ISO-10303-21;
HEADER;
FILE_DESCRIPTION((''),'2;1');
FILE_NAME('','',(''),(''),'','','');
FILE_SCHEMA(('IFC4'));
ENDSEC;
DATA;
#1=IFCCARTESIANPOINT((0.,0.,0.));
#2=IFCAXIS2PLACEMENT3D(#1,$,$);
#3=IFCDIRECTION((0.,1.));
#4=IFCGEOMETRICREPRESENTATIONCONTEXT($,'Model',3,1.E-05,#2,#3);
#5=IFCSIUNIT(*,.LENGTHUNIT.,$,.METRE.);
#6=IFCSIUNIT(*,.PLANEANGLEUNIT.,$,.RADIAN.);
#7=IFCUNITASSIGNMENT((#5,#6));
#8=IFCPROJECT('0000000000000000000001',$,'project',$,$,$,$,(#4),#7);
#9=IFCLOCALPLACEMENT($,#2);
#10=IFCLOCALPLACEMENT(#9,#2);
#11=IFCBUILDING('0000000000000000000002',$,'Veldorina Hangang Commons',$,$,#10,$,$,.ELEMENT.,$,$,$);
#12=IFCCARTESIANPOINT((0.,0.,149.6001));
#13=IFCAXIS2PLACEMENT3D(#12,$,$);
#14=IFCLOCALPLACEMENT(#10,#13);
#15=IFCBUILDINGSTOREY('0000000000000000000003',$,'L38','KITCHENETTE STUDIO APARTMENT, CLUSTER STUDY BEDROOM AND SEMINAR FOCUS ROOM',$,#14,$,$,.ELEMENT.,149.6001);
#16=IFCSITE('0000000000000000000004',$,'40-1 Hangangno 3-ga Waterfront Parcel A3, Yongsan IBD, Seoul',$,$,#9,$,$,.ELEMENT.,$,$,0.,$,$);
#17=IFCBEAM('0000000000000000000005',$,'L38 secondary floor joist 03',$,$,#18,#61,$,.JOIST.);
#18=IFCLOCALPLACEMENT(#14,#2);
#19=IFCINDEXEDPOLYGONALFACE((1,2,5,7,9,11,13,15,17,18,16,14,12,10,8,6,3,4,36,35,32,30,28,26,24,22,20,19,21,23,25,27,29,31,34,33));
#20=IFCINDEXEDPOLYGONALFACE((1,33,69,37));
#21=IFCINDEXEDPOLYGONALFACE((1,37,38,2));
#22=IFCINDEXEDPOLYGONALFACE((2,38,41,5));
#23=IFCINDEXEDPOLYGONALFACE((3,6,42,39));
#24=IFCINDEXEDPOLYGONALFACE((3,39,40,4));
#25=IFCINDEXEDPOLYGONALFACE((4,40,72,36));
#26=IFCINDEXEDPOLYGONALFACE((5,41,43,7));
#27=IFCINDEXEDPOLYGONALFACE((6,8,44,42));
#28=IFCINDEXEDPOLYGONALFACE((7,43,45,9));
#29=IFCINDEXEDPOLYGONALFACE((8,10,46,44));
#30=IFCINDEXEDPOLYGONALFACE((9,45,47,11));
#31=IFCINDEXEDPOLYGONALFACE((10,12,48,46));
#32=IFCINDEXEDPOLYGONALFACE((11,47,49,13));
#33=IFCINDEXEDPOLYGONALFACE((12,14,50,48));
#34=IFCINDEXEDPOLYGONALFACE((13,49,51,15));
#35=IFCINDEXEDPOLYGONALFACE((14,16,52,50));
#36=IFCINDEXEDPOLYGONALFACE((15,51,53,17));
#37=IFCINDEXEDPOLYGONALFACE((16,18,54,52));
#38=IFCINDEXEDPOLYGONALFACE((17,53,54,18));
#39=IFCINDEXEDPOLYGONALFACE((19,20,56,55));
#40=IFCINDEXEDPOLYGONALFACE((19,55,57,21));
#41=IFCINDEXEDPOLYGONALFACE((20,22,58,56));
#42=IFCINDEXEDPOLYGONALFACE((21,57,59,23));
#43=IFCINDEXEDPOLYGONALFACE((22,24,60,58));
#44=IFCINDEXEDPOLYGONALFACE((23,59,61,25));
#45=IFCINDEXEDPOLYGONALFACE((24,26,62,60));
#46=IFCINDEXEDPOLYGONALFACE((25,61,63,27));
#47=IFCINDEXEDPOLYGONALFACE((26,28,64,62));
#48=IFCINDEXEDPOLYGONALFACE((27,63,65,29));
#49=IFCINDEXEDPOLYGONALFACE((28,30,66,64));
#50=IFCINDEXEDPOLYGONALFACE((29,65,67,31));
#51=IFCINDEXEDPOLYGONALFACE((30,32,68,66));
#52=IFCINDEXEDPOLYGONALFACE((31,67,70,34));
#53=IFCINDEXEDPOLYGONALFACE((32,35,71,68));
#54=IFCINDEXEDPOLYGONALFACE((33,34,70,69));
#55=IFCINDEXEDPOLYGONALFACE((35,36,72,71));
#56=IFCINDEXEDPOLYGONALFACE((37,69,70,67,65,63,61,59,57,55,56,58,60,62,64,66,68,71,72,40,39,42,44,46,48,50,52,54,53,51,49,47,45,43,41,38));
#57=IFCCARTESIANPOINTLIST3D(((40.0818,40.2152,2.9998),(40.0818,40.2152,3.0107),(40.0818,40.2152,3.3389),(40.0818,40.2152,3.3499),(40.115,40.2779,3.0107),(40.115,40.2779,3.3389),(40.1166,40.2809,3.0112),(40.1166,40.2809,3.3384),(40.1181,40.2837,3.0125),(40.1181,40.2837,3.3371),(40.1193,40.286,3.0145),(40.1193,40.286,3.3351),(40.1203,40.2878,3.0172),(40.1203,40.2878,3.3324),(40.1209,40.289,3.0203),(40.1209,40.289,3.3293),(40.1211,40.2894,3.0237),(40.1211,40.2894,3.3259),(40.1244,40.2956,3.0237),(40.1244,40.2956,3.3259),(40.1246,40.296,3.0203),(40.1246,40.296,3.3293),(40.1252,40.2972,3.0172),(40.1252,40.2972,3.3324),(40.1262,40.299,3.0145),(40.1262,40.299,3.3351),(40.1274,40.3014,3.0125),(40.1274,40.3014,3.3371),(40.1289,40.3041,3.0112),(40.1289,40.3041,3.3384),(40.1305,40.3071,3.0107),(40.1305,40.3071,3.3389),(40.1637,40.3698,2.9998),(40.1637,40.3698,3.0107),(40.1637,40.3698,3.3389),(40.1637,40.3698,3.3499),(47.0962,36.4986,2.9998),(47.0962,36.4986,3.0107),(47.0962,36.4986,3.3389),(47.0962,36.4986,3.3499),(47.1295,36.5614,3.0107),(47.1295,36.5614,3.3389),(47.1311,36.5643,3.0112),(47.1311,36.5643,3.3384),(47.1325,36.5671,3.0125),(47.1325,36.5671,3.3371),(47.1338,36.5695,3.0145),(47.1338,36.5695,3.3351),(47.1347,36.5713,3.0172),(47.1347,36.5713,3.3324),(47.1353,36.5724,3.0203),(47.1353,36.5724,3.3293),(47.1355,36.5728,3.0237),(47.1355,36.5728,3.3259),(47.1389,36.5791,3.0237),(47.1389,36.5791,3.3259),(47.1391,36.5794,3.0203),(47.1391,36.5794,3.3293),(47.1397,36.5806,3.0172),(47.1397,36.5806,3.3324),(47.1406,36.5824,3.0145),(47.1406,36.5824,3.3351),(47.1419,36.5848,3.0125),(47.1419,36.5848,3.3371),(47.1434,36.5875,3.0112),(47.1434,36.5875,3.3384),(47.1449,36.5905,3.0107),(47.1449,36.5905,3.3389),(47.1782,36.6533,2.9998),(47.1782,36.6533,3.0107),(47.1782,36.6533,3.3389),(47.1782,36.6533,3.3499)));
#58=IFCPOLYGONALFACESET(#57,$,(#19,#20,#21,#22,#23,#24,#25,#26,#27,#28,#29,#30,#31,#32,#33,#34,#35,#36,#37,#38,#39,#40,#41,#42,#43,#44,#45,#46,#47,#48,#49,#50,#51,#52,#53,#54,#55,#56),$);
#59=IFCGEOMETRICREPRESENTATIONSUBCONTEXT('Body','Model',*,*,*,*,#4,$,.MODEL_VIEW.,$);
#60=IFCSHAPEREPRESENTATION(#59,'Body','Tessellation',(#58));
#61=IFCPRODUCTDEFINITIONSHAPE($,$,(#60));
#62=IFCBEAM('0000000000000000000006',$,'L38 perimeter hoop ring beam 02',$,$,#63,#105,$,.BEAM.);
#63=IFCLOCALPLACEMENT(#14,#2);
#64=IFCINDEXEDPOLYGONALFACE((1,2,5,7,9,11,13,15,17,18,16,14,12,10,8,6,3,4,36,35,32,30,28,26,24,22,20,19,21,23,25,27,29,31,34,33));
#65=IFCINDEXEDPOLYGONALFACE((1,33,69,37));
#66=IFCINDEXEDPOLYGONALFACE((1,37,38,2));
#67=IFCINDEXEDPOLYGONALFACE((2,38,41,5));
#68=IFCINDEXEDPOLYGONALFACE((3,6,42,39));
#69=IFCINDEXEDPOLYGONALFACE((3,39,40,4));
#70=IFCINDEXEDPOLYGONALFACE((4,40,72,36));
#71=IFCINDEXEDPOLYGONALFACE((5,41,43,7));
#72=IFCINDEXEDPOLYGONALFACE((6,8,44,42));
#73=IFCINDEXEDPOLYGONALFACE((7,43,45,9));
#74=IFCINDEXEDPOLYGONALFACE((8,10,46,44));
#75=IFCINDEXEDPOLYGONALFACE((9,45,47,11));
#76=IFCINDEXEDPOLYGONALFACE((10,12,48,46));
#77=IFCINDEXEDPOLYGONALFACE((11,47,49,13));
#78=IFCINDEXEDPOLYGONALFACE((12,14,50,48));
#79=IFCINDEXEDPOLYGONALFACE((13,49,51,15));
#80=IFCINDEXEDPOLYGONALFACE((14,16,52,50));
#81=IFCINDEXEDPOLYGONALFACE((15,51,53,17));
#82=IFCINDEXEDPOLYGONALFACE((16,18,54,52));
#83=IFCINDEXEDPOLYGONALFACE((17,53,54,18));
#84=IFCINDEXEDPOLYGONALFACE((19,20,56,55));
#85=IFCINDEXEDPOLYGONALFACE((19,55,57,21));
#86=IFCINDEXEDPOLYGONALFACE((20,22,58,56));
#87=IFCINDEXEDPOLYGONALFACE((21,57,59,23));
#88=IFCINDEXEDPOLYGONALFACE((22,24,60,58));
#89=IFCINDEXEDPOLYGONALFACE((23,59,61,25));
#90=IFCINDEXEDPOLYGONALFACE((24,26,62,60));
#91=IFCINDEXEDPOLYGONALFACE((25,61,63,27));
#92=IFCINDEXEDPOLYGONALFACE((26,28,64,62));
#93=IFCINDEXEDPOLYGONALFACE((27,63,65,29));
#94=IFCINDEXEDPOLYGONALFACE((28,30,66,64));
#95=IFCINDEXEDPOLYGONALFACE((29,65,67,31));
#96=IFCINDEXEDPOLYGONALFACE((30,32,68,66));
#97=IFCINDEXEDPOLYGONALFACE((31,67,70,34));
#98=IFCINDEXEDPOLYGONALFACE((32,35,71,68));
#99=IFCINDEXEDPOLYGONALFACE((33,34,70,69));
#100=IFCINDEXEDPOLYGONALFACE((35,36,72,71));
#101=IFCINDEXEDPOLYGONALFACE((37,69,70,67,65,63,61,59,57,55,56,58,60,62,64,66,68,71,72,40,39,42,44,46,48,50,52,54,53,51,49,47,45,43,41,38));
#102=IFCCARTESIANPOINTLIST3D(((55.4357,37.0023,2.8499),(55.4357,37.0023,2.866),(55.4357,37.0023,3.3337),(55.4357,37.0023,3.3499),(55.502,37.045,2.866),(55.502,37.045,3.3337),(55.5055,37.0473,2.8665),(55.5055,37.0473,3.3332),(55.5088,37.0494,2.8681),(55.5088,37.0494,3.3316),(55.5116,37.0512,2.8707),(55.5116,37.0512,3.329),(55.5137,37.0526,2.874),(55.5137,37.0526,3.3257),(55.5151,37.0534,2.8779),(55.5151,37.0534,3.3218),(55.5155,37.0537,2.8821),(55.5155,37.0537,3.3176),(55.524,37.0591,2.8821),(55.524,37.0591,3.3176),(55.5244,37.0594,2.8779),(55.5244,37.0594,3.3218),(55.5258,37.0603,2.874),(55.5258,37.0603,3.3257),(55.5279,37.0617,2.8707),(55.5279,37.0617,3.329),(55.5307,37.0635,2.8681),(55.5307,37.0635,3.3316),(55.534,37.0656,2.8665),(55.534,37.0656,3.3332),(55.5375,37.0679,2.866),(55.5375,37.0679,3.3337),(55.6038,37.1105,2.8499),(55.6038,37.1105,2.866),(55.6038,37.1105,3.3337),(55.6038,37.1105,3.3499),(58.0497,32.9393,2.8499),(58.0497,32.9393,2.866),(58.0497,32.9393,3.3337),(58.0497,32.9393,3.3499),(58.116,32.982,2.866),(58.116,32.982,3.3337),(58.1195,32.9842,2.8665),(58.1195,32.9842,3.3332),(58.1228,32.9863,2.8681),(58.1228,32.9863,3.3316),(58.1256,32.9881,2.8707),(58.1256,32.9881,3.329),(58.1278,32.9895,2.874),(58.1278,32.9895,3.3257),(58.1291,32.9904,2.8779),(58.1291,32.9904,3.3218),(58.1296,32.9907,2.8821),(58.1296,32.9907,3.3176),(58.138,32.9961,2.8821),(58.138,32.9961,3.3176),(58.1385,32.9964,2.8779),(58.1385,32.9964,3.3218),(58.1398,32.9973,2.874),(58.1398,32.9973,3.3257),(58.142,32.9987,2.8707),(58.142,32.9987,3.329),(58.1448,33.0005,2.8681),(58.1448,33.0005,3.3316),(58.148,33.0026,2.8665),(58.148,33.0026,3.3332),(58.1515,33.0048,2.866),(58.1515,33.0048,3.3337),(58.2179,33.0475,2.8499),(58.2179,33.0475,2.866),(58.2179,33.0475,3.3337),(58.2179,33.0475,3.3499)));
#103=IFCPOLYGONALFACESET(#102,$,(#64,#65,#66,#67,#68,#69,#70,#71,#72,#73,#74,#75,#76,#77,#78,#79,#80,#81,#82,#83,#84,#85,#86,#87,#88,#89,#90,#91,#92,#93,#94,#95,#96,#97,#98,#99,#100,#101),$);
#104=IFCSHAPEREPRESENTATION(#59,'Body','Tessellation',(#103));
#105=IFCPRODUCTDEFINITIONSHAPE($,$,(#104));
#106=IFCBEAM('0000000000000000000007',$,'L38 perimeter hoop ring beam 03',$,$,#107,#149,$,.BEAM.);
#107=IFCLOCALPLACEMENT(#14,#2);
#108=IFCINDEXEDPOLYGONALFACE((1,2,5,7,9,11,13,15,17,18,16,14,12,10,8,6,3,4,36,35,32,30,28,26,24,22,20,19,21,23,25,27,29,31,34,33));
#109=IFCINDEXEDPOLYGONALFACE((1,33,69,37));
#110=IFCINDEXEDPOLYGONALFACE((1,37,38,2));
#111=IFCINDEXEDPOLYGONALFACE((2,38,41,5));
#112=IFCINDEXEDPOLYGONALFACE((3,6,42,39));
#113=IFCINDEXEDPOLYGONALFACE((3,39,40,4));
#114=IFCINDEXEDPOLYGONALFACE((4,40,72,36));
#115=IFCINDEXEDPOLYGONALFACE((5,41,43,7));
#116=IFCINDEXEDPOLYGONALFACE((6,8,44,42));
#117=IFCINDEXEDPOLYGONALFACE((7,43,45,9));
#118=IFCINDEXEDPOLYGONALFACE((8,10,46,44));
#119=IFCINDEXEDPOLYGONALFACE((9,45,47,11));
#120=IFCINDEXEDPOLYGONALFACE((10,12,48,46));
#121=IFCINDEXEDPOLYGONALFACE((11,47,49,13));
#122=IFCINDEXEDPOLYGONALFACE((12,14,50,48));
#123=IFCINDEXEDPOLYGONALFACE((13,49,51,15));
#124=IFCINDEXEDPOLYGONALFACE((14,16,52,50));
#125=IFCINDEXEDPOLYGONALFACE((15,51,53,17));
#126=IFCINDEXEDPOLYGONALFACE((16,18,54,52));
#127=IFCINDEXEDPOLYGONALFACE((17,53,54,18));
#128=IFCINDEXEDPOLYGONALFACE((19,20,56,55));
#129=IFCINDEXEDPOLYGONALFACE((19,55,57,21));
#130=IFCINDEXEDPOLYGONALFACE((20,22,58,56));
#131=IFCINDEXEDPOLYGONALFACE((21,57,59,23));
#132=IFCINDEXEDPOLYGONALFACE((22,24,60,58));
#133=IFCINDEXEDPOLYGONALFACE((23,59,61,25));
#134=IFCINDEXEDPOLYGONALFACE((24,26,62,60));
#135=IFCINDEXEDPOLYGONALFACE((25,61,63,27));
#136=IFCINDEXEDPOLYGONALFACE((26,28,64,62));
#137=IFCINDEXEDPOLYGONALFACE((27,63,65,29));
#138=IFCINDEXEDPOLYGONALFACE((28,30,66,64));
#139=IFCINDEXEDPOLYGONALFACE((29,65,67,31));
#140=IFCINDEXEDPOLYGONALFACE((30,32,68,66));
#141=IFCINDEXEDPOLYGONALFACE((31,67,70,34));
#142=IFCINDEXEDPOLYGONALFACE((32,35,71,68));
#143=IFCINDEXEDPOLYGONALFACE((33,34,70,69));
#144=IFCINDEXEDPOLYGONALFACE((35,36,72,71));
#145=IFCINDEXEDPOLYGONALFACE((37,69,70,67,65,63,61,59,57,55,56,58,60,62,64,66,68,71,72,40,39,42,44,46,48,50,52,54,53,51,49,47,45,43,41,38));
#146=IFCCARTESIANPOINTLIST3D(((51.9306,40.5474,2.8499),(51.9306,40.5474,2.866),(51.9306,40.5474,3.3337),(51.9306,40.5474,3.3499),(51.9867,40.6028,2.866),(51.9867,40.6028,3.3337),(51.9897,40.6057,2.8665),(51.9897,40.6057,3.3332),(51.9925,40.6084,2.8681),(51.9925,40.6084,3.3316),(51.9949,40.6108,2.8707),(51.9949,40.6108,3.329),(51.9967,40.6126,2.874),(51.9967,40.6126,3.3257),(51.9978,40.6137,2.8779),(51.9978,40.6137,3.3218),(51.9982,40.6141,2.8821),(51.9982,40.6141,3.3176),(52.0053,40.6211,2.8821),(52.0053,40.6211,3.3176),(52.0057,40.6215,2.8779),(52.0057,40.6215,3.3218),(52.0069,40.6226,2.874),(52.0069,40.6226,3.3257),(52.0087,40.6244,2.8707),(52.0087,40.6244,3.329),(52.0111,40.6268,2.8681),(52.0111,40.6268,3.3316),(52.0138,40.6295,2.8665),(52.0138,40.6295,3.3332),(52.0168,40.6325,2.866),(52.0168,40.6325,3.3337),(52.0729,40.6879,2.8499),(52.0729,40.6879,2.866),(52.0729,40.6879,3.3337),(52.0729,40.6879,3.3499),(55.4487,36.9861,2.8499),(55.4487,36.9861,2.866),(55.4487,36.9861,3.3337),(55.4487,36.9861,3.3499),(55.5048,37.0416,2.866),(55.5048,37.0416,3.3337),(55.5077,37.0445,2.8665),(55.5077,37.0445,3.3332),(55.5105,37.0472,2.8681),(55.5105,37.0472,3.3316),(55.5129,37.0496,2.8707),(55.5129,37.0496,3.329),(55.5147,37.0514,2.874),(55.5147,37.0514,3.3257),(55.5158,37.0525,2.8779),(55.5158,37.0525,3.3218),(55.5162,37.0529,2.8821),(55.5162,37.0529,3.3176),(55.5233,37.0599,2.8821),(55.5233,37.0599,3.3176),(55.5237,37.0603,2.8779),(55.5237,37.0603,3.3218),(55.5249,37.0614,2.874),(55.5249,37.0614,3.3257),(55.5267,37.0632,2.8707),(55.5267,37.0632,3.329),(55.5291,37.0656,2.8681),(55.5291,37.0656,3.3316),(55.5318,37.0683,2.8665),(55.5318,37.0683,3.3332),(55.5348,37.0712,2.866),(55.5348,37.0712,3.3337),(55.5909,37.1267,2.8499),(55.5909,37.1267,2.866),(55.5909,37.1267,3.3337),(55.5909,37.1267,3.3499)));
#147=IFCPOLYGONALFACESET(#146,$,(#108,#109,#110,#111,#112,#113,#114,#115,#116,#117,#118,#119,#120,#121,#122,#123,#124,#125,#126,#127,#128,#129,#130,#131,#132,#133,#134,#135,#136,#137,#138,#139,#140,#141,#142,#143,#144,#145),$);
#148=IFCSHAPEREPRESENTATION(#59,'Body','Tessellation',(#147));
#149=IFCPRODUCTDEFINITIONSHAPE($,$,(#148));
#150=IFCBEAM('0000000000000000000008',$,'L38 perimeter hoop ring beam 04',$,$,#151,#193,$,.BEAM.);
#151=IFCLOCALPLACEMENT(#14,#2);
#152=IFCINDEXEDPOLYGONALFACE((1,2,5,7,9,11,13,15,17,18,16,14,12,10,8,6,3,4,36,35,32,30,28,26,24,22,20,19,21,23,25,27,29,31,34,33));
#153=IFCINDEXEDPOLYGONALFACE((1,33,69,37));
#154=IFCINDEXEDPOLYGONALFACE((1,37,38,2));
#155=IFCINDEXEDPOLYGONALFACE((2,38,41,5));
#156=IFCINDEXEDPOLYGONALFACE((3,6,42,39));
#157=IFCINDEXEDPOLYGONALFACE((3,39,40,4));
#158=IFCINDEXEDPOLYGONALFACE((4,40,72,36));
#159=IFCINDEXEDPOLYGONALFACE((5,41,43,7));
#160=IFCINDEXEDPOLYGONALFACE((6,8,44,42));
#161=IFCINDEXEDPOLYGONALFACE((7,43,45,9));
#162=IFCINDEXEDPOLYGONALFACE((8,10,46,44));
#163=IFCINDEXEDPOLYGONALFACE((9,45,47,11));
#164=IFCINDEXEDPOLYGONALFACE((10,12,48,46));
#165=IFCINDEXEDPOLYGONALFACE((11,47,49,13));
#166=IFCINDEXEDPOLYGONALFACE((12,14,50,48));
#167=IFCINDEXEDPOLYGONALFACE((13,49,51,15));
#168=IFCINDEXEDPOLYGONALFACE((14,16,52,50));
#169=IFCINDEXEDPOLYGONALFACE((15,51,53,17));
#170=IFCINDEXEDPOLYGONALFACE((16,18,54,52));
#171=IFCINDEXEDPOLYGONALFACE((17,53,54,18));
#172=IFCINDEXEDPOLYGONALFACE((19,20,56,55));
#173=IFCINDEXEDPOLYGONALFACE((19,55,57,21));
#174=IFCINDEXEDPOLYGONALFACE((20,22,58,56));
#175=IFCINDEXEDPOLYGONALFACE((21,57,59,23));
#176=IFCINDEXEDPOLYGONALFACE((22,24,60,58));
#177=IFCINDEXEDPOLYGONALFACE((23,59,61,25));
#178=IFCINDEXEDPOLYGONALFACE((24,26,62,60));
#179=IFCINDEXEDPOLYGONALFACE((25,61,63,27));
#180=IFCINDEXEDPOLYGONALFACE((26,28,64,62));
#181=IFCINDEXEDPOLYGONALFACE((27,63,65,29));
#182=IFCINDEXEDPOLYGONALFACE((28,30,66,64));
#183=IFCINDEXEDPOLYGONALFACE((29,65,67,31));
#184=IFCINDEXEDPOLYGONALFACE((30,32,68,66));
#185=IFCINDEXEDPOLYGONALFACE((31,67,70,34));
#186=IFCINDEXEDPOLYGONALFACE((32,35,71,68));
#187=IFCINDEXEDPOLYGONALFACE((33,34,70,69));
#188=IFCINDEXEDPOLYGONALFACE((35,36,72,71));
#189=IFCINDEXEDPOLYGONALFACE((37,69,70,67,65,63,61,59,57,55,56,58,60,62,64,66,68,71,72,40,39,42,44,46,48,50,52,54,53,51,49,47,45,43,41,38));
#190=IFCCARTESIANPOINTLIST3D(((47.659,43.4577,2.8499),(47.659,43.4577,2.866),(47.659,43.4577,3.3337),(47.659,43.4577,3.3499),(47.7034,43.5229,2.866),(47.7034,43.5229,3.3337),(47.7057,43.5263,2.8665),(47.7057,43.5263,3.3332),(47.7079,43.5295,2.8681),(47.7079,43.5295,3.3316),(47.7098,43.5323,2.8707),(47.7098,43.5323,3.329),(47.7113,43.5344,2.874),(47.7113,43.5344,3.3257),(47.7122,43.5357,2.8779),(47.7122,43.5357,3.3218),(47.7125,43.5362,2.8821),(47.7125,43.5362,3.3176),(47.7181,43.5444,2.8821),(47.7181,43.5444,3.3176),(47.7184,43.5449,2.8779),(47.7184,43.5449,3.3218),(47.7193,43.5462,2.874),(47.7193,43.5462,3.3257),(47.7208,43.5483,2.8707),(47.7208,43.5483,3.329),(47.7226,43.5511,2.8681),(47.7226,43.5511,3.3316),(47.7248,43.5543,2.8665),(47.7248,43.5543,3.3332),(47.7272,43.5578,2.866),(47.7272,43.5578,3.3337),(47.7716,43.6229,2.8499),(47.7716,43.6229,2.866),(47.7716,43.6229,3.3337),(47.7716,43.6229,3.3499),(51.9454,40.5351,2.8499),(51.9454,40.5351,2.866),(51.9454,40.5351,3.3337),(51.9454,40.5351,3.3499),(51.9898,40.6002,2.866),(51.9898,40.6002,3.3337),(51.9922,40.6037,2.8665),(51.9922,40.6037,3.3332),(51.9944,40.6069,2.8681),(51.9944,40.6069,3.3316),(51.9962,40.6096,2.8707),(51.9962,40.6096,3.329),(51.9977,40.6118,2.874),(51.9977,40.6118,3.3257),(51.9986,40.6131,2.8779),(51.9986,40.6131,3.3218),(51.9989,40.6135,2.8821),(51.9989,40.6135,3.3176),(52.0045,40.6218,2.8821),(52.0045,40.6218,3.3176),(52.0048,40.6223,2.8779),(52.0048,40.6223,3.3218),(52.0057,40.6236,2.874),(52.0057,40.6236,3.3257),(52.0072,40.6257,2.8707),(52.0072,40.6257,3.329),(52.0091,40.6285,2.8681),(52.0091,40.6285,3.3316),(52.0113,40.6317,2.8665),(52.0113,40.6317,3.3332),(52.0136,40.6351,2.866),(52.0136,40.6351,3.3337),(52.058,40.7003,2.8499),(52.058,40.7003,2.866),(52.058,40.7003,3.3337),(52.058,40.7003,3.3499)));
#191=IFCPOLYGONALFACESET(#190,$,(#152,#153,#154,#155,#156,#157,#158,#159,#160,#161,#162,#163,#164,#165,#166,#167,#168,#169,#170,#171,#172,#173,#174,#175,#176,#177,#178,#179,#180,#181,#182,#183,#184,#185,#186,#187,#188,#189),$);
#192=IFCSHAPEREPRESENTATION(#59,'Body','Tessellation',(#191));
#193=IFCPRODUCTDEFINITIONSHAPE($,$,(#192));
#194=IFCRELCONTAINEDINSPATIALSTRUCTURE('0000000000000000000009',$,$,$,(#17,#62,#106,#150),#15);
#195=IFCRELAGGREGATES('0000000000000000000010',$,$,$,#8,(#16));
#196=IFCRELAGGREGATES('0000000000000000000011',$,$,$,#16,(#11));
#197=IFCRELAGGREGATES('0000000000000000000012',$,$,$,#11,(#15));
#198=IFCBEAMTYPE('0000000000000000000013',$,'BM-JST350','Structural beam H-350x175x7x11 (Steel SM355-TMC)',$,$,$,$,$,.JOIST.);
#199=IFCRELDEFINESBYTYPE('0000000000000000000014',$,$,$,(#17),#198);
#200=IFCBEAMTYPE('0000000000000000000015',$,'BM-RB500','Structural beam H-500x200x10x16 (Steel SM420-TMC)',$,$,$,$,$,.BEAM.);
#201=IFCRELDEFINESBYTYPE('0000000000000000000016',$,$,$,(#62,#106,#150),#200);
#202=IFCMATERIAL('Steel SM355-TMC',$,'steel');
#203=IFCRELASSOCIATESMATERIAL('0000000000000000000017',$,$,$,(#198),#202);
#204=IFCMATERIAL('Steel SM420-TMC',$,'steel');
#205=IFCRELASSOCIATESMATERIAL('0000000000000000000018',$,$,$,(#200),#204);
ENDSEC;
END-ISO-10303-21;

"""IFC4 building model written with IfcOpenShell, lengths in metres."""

from ifc_helpers import new_model, si_unit, direction, frame, origin, origin_2d, place, context, subcontext, project, spatial, i_section, extrude, material, material_profile, profile_set, type_object, element, save


model = new_model("IFC4")

# Units and contexts
model_context = context("Model", 3, precision=1e-05, world=origin(), true_north=direction((0.0, 1.0)))
body_context = subcontext(model_context, "Body", "Model", "MODEL_VIEW")
ifc_project = project(units=[si_unit("LENGTHUNIT", "METRE"), si_unit("PLANEANGLEUNIT", "RADIAN")], contexts=[model_context])

# Site, building, storey
site_placement = place(None, origin())
site = spatial("IfcSite", under=ifc_project, at=site_placement, Name="40-1 Hangangno 3-ga Waterfront Parcel A3, Yongsan IBD, Seoul", CompositionType="ELEMENT", RefElevation=0.0)
building_placement = place(site_placement, origin())
building = spatial("IfcBuilding", under=site, at=building_placement, Name="Veldorina Hangang Commons", CompositionType="ELEMENT")
storey_placement = place(building_placement, frame((0.0, 0.0, 149.6001)))
storey = spatial("IfcBuildingStorey", under=building, at=storey_placement, Name="L38", Description="KITCHENETTE STUDIO APARTMENT, CLUSTER STUDY BEDROOM AND SEMINAR FOCUS ROOM", CompositionType="ELEMENT", Elevation=149.6001)

# Beams
ifc_material_1 = material(Name="Steel SM355-TMC", Category="steel")
ifc_material_profile_1 = material_profile(ifc_material_1, i_section(OverallWidth=0.175, OverallDepth=0.3501, WebThickness=0.0071, FlangeThickness=0.011, FilletRadius=0.0129, at=origin_2d()), Name="H-350x175x7x11")
ifc_profile_set_1 = profile_set([ifc_material_profile_1], Name="Steel SM355-TMC")
beam_type_1 = type_object("IfcBeamType", Name="BM-JST350", Description="Structural beam H-350x175x7x11 (Steel SM355-TMC)", PredefinedType="JOIST", material=ifc_profile_set_1)
beam_1_placement = place(storey_placement, frame((47.1372, 36.5759, 3.1748), z_axis=(-0.883629, 0.468187, 0.0), x_axis=(-0.468187, -0.883629, 0.0)))
element("IfcBeam", 1, at=beam_1_placement, inside=storey, type_object=beam_type_1, Name="L38 secondary floor joist 03", PredefinedType="JOIST", context=body_context, shape_type="SweptSolid", body=[
    extrude(i_section(OverallWidth=0.175, OverallDepth=0.3501, WebThickness=0.0071, FlangeThickness=0.011, FilletRadius=0.0129, at=origin_2d()), origin(), (0.0, 0.0, 1.0), 7.9382),
])
ifc_material_2 = material(Name="Steel SM420-TMC", Category="steel")
ifc_material_profile_2 = material_profile(ifc_material_2, i_section(OverallWidth=0.2, OverallDepth=0.5, WebThickness=0.01, FlangeThickness=0.0161, FilletRadius=0.0161, at=origin_2d()), Name="H-500x200x10x16")
ifc_profile_set_2 = profile_set([ifc_material_profile_2], Name="Steel SM420-TMC")
beam_type_2 = type_object("IfcBeamType", Name="BM-RB500", Description="Structural beam H-500x200x10x16 (Steel SM420-TMC)", PredefinedType="BEAM", material=ifc_profile_set_2)
beam_2_placement = place(storey_placement, frame((58.1338, 32.9934, 3.0999), z_axis=(-0.541064, 0.840981, 0.0), x_axis=(-0.840981, -0.541064, 0.0)))
element("IfcBeam", 2, at=beam_2_placement, inside=storey, type_object=beam_type_2, Name="L38 perimeter hoop ring beam 02", PredefinedType="BEAM", context=body_context, shape_type="SweptSolid", body=[
    extrude(i_section(OverallWidth=0.2, OverallDepth=0.5, WebThickness=0.01, FlangeThickness=0.0161, FilletRadius=0.0161, at=origin_2d()), origin(), (0.0, 0.0, 1.0), 4.8313),
])
beam_3_placement = place(storey_placement, frame((55.5198, 37.0564, 3.0999), z_axis=(-0.702777, 0.71141, 0.0), x_axis=(-0.71141, -0.702777, 0.0)))
element("IfcBeam", 3, at=beam_3_placement, inside=storey, type_object=beam_type_2, Name="L38 perimeter hoop ring beam 03", PredefinedType="BEAM", context=body_context, shape_type="SweptSolid", body=[
    extrude(i_section(OverallWidth=0.2, OverallDepth=0.5, WebThickness=0.01, FlangeThickness=0.0161, FilletRadius=0.0161, at=origin_2d()), origin(), (0.0, 0.0, 1.0), 5.0059),
])
beam_4_placement = place(storey_placement, frame((52.0017, 40.6177, 3.0999), z_axis=(-0.82622, 0.563347, 0.0), x_axis=(-0.563347, -0.82622, 0.0)))
element("IfcBeam", 4, at=beam_4_placement, inside=storey, type_object=beam_type_2, Name="L38 perimeter hoop ring beam 04", PredefinedType="BEAM", context=body_context, shape_type="SweptSolid", body=[
    extrude(i_section(OverallWidth=0.2, OverallDepth=0.5, WebThickness=0.01, FlangeThickness=0.0161, FilletRadius=0.0161, at=origin_2d()), origin(), (0.0, 0.0, 1.0), 5.188),
])

save(model, "model.ifc")
